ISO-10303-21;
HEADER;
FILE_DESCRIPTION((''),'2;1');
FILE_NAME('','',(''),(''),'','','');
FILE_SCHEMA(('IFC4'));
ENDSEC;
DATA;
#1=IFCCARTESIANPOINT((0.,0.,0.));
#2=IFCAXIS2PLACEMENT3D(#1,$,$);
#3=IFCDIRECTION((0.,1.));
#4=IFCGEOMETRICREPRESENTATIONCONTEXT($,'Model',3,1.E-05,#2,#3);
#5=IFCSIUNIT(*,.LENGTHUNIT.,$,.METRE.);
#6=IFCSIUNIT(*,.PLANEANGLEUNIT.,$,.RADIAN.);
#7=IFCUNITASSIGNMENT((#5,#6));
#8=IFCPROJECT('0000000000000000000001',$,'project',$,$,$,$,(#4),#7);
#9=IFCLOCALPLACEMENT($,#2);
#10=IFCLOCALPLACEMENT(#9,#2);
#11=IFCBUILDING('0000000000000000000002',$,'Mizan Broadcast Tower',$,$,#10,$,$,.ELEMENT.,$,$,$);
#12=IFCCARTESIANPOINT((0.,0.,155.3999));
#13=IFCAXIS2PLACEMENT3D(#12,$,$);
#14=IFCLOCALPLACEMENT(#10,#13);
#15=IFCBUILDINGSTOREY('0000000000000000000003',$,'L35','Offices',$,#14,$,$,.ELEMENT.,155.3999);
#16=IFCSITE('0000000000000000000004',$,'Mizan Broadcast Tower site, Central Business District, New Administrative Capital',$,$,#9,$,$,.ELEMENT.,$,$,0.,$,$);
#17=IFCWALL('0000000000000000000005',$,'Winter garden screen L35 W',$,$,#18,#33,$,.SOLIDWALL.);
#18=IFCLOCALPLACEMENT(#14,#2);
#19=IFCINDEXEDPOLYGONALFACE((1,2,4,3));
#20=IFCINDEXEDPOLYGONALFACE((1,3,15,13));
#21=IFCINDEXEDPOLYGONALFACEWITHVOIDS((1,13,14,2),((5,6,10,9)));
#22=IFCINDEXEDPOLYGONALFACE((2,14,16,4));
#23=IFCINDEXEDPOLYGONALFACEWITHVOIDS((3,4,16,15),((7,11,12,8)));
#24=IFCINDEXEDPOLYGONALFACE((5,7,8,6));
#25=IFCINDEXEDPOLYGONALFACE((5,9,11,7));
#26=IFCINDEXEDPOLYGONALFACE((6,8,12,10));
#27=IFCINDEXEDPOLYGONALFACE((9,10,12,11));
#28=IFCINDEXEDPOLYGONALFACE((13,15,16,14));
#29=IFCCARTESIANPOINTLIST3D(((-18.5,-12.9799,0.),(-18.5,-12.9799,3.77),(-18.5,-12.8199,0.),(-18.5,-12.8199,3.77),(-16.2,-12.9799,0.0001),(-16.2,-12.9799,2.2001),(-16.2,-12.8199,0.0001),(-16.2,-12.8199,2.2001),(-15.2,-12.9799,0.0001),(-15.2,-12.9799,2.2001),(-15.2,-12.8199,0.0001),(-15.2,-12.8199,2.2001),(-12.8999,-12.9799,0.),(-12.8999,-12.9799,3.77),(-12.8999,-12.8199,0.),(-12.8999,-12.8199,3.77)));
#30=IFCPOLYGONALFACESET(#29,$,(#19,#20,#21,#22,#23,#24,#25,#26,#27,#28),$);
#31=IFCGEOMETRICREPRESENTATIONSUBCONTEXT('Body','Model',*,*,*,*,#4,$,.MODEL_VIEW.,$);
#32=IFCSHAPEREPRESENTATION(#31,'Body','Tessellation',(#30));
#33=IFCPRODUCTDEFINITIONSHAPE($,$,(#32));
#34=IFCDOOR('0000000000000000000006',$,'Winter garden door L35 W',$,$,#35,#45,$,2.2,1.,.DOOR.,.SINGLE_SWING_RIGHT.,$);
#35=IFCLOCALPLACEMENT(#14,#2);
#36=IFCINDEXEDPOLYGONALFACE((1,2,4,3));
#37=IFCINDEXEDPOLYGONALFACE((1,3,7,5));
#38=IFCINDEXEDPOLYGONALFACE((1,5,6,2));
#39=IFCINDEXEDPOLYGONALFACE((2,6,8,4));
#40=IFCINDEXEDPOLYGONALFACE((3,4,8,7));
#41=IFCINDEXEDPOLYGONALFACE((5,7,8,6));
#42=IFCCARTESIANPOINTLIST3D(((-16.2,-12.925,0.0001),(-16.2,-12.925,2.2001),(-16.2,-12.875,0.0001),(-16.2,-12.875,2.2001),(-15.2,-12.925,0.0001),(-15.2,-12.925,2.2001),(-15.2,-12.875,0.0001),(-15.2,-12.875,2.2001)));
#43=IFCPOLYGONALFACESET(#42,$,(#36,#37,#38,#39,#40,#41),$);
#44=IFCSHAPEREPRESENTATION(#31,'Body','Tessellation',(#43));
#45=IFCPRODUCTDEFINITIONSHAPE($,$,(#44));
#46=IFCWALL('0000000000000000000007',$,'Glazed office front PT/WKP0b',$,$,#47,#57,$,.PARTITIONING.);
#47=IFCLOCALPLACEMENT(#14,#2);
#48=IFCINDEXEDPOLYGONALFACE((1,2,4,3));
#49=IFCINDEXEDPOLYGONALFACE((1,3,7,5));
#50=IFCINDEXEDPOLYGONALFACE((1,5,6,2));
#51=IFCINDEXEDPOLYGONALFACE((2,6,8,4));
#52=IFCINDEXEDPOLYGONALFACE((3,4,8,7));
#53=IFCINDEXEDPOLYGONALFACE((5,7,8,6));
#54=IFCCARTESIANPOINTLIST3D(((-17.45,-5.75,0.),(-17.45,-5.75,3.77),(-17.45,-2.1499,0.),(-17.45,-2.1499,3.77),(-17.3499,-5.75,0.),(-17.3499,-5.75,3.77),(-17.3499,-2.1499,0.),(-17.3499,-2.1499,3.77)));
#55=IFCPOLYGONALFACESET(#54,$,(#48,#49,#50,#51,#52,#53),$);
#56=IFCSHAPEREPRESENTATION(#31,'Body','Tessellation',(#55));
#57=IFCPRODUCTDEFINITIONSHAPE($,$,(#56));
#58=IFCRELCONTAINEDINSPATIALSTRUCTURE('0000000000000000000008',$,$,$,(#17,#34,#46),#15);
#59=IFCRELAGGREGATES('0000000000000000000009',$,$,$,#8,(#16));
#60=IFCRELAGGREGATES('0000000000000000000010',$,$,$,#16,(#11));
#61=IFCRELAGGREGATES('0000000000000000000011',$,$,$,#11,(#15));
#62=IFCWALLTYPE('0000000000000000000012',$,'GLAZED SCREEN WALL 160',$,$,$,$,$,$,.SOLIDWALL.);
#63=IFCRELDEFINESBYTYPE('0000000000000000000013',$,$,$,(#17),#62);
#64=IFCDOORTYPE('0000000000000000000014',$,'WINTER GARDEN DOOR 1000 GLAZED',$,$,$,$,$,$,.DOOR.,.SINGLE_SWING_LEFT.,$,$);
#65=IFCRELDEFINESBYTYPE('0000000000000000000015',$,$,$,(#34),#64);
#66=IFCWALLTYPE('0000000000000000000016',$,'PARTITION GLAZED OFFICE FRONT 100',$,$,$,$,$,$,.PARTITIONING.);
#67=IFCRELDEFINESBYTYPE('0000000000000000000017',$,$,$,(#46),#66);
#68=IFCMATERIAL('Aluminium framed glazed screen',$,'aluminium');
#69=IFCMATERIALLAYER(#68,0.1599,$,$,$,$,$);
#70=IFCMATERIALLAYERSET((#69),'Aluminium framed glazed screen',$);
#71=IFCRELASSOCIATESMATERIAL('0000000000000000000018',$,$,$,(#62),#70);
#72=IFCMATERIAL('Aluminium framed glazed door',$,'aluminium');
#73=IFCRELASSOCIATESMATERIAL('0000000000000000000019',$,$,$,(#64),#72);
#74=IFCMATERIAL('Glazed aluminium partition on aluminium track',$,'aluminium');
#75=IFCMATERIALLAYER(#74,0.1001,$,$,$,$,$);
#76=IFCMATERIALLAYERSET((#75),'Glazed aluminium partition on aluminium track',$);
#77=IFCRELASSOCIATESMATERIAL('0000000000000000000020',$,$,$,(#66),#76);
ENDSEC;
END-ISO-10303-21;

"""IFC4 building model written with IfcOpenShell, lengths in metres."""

from ifc_helpers import new_model, si_unit, direction, frame, frame_2d, origin, place, context, subcontext, project, spatial, rectangle, extrude, material, layer, layer_set, type_object, element, fill, save


model = new_model("IFC4")

# Units and contexts
model_context = context("Model", 3, precision=1e-05, world=origin(), true_north=direction((0.0, 1.0)))
body_context = subcontext(model_context, "Body", "Model", "MODEL_VIEW")
ifc_project = project(units=[si_unit("LENGTHUNIT", "METRE"), si_unit("PLANEANGLEUNIT", "RADIAN")], contexts=[model_context])

# Site, building, storey
site_placement = place(None, origin())
site = spatial("IfcSite", under=ifc_project, at=site_placement, Name="Mizan Broadcast Tower site, Central Business District, New Administrative Capital", CompositionType="ELEMENT", RefElevation=0.0)
building_placement = place(site_placement, origin())
building = spatial("IfcBuilding", under=site, at=building_placement, Name="Mizan Broadcast Tower", CompositionType="ELEMENT")
storey_placement = place(building_placement, frame((0.0, 0.0, 155.3999)))
storey = spatial("IfcBuildingStorey", under=building, at=storey_placement, Name="L35", Description="Offices", CompositionType="ELEMENT", Elevation=155.3999)

# Wall, opening, door
ifc_material_1 = material(Name="Aluminium framed glazed screen", Category="aluminium")
ifc_layer_1 = layer(ifc_material_1, 0.1599)
ifc_layer_set_1 = layer_set([ifc_layer_1], Name="Aluminium framed glazed screen")
wall_type_1 = type_object("IfcWallType", Name="GLAZED SCREEN WALL 160", PredefinedType="SOLIDWALL", material=ifc_layer_set_1)
wall_1_placement = place(storey_placement, frame((-18.5, -12.8999, 0.0), z_axis=(0.0, 0.0, 1.0), x_axis=(1.0, 0.0, 0.0)))
wall_1 = element("IfcWall", 1, at=wall_1_placement, inside=storey, type_object=wall_type_1, Name="Winter garden screen L35 W", PredefinedType="SOLIDWALL", context=body_context, shape_type="SweptSolid", body=[
    extrude(rectangle(XDim=5.6001, YDim=0.1599, at=frame_2d((2.8, 0.0))), origin(), (0.0, 0.0, 1.0), 3.77),
])
opening_placement = place(wall_1_placement, frame((2.3, 0.0, 0.0)))
opening = element("IfcOpeningElement", 2, at=opening_placement, cuts=wall_1, PredefinedType="OPENING", context=body_context, shape_type="SweptSolid", body=[
    extrude(rectangle(XDim=1.0, YDim=2.2, at=frame_2d((0.5, 1.1001))), frame((0.0, 0.0898, 0.0), z_axis=(0.0, -1.0, 0.0), x_axis=(1.0, 0.0, 0.0)), (0.0, 0.0, 1.0), 0.1799),
])
ifc_material_2 = material(Name="Aluminium framed glazed door", Category="aluminium")
door_type = type_object("IfcDoorType", Name="WINTER GARDEN DOOR 1000 GLAZED", OperationType="SINGLE_SWING_LEFT", PredefinedType="DOOR", material=ifc_material_2)
door_placement = place(opening_placement, origin())
door = element("IfcDoor", 3, at=door_placement, inside=storey, type_object=door_type, Name="Winter garden door L35 W", OperationType="SINGLE_SWING_RIGHT", OverallHeight=2.2, OverallWidth=1.0, PredefinedType="DOOR", context=body_context, shape_type="SweptSolid", body=[
    extrude(rectangle(XDim=1.0, YDim=2.2, at=frame_2d((0.5, 1.1001))), frame((0.0, 0.0249, 0.0), z_axis=(0.0, -1.0, 0.0), x_axis=(1.0, 0.0, 0.0)), (0.0, 0.0, 1.0), 0.05),
])
fill(opening, door)

# Wall
ifc_material_3 = material(Name="Glazed aluminium partition on aluminium track", Category="aluminium")
ifc_layer_2 = layer(ifc_material_3, 0.1001)
ifc_layer_set_2 = layer_set([ifc_layer_2], Name="Glazed aluminium partition on aluminium track")
wall_type_2 = type_object("IfcWallType", Name="PARTITION GLAZED OFFICE FRONT 100", PredefinedType="PARTITIONING", material=ifc_layer_set_2)
wall_2_placement = place(storey_placement, frame((-17.3999, -2.1499, 0.0), z_axis=(0.0, 0.0, 1.0), x_axis=(0.0, -1.0, 0.0)))
element("IfcWall", 4, at=wall_2_placement, inside=storey, type_object=wall_type_2, Name="Glazed office front PT/WKP0b", PredefinedType="PARTITIONING", context=body_context, shape_type="SweptSolid", body=[
    extrude(rectangle(XDim=3.6001, YDim=0.1001, at=frame_2d((1.8, 0.0))), origin(), (0.0, 0.0, 1.0), 3.77),
])

save(model, "model.ifc")
